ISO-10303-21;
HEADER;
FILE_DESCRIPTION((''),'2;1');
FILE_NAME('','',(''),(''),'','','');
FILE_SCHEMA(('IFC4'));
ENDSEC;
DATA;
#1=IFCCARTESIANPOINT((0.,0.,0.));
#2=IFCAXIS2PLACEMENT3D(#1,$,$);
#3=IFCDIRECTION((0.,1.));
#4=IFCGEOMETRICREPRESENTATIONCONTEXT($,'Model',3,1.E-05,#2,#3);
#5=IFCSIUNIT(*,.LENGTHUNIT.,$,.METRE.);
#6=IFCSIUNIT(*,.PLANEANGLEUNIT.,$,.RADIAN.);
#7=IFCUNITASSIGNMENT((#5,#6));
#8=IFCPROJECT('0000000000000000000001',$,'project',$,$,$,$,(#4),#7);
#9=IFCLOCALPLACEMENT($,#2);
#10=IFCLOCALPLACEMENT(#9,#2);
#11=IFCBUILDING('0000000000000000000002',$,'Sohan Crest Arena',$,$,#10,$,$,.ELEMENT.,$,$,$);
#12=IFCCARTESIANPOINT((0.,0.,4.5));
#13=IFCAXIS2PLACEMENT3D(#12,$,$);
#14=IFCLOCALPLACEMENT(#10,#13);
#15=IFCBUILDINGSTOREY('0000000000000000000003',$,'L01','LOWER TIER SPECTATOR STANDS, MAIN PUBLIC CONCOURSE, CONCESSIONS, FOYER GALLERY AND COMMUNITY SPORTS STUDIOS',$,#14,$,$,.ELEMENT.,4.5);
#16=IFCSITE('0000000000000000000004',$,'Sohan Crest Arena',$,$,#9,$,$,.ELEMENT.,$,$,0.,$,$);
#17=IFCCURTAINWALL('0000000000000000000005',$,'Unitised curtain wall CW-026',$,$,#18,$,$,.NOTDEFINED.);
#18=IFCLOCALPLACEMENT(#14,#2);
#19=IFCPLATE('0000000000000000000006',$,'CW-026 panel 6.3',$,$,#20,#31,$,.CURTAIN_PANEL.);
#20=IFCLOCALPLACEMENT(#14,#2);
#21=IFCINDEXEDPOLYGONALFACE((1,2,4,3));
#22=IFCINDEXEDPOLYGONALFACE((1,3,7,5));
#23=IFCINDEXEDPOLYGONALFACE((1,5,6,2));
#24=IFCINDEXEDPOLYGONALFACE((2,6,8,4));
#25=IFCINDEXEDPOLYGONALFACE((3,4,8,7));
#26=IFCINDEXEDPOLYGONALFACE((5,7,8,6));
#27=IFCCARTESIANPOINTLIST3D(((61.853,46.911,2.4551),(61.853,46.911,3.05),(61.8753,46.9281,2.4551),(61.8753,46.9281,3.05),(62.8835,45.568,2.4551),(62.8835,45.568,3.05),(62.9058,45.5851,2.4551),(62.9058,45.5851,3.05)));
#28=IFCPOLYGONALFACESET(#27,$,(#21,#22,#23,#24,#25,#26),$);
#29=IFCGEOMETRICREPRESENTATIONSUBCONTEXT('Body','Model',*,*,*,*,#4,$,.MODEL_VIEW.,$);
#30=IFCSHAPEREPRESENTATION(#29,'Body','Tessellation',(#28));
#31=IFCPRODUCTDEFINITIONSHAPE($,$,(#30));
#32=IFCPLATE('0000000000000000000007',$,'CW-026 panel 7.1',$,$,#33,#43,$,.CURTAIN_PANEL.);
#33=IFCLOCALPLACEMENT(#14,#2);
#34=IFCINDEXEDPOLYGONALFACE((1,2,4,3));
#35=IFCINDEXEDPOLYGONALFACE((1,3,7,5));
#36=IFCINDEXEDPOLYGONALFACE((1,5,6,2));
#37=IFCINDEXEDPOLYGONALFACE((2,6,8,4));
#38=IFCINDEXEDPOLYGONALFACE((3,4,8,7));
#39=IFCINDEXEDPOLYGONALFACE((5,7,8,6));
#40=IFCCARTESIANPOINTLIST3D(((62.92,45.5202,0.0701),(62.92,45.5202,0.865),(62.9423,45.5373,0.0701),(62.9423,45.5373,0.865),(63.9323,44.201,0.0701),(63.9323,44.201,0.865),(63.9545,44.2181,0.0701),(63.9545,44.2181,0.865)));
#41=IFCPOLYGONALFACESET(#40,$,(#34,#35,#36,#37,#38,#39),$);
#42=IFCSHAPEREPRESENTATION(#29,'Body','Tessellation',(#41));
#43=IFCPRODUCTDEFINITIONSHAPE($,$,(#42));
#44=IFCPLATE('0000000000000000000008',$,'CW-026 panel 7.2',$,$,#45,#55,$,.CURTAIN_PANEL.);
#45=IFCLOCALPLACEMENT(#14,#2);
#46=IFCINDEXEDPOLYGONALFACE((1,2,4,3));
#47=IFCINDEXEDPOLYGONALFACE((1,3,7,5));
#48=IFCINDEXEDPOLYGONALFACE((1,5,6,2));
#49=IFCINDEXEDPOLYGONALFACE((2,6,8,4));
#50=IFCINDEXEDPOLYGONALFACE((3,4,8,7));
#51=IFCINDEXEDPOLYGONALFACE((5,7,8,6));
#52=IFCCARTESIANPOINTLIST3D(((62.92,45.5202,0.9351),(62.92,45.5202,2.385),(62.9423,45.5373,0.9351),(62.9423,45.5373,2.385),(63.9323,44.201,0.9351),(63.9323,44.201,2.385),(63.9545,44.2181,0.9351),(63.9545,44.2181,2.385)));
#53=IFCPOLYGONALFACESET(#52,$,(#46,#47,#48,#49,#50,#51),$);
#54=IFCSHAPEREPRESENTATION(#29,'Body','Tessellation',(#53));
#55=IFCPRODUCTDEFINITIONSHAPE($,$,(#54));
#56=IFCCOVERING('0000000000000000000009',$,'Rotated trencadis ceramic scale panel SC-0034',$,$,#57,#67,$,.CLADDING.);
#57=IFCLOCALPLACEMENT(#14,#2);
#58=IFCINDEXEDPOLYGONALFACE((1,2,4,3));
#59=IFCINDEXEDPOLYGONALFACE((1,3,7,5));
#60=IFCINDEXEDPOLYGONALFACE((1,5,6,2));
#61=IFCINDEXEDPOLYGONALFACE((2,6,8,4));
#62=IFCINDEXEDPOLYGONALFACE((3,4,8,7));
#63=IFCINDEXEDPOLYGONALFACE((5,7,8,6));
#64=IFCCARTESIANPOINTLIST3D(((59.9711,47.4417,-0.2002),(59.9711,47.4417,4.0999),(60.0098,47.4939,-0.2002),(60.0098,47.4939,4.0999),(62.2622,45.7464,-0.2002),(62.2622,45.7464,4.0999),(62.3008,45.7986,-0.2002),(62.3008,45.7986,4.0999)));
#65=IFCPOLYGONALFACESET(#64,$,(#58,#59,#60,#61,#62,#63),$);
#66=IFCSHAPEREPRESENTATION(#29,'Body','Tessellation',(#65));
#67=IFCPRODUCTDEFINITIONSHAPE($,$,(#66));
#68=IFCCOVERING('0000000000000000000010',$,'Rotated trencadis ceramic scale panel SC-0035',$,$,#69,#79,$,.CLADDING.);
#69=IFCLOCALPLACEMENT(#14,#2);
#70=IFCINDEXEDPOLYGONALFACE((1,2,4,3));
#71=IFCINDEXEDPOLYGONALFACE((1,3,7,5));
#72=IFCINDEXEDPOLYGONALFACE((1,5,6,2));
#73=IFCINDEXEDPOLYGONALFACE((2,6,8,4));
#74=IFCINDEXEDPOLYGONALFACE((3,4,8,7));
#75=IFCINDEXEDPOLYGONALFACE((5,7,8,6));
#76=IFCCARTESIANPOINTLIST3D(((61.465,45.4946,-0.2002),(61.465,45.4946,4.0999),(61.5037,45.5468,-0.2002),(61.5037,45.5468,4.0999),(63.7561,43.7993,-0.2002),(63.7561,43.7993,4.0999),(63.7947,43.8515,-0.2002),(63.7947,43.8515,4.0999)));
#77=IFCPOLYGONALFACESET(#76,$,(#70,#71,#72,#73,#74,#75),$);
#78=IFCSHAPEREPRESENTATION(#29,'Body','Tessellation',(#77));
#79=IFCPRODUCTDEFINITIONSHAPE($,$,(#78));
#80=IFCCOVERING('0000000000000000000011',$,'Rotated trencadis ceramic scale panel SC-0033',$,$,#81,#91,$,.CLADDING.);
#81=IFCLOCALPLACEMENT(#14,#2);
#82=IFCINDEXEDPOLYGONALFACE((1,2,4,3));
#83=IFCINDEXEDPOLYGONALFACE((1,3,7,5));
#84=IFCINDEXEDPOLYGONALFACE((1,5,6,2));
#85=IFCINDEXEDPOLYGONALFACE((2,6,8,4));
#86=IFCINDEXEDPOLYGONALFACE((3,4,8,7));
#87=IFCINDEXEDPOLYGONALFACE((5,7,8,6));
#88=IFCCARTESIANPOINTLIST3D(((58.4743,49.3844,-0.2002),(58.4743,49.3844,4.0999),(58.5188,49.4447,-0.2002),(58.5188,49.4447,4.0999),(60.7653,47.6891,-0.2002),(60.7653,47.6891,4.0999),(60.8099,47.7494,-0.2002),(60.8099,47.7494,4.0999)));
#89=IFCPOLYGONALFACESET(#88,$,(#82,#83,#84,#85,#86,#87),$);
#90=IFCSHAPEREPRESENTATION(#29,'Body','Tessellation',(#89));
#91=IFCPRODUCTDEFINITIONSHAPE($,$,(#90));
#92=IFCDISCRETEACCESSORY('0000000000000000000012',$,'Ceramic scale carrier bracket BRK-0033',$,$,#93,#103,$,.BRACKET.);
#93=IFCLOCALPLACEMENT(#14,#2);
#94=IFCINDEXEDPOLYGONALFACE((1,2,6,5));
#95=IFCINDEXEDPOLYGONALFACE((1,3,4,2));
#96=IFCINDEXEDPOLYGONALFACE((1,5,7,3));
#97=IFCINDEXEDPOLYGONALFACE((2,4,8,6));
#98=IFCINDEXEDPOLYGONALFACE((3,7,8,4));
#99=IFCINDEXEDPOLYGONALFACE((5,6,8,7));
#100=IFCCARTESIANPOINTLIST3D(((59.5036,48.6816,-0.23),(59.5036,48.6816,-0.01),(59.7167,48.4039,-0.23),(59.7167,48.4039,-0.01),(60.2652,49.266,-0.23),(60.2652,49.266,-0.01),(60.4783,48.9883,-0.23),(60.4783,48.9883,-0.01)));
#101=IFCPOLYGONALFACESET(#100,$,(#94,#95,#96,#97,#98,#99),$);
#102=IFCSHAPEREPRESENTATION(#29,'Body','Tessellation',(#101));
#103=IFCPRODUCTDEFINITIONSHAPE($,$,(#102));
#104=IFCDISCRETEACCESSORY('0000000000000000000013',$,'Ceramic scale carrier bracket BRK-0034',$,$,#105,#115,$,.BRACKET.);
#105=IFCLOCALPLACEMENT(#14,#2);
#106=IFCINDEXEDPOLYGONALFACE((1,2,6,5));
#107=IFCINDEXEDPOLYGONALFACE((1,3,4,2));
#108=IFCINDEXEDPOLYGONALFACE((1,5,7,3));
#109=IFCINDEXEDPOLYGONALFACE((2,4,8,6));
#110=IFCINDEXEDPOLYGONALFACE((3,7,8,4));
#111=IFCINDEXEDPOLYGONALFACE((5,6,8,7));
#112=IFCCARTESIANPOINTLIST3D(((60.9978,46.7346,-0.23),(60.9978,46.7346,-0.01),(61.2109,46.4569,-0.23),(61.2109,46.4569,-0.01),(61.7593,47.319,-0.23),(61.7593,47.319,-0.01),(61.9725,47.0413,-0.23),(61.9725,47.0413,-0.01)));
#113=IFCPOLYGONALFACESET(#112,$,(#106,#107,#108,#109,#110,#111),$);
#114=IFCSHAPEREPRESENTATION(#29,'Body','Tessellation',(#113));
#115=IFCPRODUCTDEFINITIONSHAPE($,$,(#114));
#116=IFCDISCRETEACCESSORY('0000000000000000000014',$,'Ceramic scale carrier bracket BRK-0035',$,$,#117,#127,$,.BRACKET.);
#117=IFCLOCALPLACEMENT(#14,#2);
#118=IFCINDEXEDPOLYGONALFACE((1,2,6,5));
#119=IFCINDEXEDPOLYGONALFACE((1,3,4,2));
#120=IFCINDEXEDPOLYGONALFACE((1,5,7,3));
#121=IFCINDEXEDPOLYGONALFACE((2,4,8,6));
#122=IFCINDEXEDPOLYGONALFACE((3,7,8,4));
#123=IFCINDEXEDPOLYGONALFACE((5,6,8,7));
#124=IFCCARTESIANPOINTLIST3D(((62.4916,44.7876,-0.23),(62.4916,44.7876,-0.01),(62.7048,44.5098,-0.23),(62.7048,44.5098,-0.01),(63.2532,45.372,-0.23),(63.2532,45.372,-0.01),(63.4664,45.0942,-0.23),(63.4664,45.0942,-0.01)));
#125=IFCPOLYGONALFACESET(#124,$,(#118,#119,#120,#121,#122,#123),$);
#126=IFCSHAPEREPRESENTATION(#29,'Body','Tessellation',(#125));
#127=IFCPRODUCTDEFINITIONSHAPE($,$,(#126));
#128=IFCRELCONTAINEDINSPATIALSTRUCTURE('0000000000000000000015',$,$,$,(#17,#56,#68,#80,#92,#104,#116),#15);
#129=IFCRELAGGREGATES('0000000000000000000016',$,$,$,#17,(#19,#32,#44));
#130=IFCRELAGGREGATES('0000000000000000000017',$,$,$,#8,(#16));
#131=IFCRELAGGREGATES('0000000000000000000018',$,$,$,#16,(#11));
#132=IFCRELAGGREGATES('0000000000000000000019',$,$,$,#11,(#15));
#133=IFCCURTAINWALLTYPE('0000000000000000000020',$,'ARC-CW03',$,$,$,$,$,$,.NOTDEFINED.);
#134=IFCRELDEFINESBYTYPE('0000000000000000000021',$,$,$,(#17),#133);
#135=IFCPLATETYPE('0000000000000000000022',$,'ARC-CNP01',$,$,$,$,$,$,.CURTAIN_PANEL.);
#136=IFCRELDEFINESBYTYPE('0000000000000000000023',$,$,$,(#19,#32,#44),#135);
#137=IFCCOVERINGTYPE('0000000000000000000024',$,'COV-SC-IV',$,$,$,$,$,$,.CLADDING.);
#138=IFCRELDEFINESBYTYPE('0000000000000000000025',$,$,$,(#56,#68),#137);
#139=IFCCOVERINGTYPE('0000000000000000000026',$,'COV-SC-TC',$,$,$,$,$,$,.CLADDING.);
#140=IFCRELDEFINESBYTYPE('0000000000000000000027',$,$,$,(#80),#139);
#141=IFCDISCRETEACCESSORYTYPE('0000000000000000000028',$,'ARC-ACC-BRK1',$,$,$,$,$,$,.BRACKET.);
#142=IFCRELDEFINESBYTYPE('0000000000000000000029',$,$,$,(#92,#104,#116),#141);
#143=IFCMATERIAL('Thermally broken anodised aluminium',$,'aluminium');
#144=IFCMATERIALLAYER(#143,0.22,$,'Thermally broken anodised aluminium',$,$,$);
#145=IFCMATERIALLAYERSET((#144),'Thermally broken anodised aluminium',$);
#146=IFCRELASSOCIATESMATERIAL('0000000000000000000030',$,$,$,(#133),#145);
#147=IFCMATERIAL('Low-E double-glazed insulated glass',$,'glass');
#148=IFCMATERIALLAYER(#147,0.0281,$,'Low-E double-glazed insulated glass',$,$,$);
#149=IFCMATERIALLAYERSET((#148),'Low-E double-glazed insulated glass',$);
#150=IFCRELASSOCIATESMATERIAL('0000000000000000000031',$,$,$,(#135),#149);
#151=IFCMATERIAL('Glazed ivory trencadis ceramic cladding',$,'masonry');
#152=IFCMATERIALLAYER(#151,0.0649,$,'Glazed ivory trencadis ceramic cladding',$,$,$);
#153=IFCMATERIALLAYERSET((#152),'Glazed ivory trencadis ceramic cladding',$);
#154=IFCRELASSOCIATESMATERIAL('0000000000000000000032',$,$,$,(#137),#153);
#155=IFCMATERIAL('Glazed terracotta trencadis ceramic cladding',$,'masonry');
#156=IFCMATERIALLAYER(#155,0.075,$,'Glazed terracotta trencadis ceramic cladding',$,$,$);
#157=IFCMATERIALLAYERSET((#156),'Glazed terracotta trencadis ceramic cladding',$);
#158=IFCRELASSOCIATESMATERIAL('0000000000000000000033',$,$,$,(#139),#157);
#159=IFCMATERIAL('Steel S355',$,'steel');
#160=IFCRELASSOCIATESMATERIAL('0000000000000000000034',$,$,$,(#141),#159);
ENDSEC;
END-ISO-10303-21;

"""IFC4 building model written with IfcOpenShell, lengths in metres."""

from ifc_helpers import new_model, si_unit, direction, frame, origin, origin_2d, place, context, subcontext, project, spatial, rectangle, extrude, material, layer, layer_set, type_object, element, aggregate, save


model = new_model("IFC4")

# Units and contexts
model_context = context("Model", 3, precision=1e-05, world=origin(), true_north=direction((0.0, 1.0)))
body_context = subcontext(model_context, "Body", "Model", "MODEL_VIEW")
ifc_project = project(units=[si_unit("LENGTHUNIT", "METRE"), si_unit("PLANEANGLEUNIT", "RADIAN")], contexts=[model_context])

# Site, building, storey
site_placement = place(None, origin())
site = spatial("IfcSite", under=ifc_project, at=site_placement, Name="Sohan Crest Arena", CompositionType="ELEMENT", RefElevation=0.0)
building_placement = place(site_placement, origin())
building = spatial("IfcBuilding", under=site, at=building_placement, Name="Sohan Crest Arena", CompositionType="ELEMENT")
storey_placement = place(building_placement, frame((0.0, 0.0, 4.5)))
storey = spatial("IfcBuildingStorey", under=building, at=storey_placement, Name="L01", Description="LOWER TIER SPECTATOR STANDS, MAIN PUBLIC CONCOURSE, CONCESSIONS, FOYER GALLERY AND COMMUNITY SPORTS STUDIOS", CompositionType="ELEMENT", Elevation=4.5)

# Curtain wall, plates
ifc_material_1 = material(Name="Thermally broken anodised aluminium", Category="aluminium")
ifc_layer_1 = layer(ifc_material_1, 0.22, Name="Thermally broken anodised aluminium")
ifc_layer_set_1 = layer_set([ifc_layer_1], Name="Thermally broken anodised aluminium")
curtain_wall_type = type_object("IfcCurtainWallType", Name="ARC-CW03", PredefinedType="NOTDEFINED", material=ifc_layer_set_1)
curtain_wall_placement = place(storey_placement, origin())
curtain_wall = element("IfcCurtainWall", 1, at=curtain_wall_placement, inside=storey, type_object=curtain_wall_type, Name="Unitised curtain wall CW-026", PredefinedType="NOTDEFINED")
ifc_material_2 = material(Name="Low-E double-glazed insulated glass", Category="glass")
ifc_layer_2 = layer(ifc_material_2, 0.0281, Name="Low-E double-glazed insulated glass")
ifc_layer_set_2 = layer_set([ifc_layer_2], Name="Low-E double-glazed insulated glass")
plate_type = type_object("IfcPlateType", Name="ARC-CNP01", PredefinedType="CURTAIN_PANEL", material=ifc_layer_set_2)
plate_1_placement = place(storey_placement, frame((62.3794, 46.248, 2.4551), z_axis=(0.0, 0.0, 1.0), x_axis=(0.608765, -0.793351, 0.0)))
plate_1 = element("IfcPlate", 2, at=plate_1_placement, type_object=plate_type, Name="CW-026 panel 6.3", PredefinedType="CURTAIN_PANEL", context=body_context, shape_type="SweptSolid", body=[
    extrude(rectangle(XDim=1.6929, YDim=0.0281, at=origin_2d()), origin(), (0.0, 0.0, 1.0), 0.595),
])
plate_2_placement = place(storey_placement, frame((63.4373, 44.8691, 0.0701), z_axis=(0.0, 0.0, 1.0), x_axis=(0.608765, -0.793351, 0.0)))
plate_2 = element("IfcPlate", 3, at=plate_2_placement, type_object=plate_type, Name="CW-026 panel 7.1", PredefinedType="CURTAIN_PANEL", context=body_context, shape_type="SweptSolid", body=[
    extrude(rectangle(XDim=1.6628, YDim=0.0281, at=origin_2d()), origin(), (0.0, 0.0, 1.0), 0.7949),
])
plate_3_placement = place(storey_placement, frame((63.4373, 44.8691, 0.9351), z_axis=(0.0, 0.0, 1.0), x_axis=(0.608765, -0.793351, 0.0)))
plate_3 = element("IfcPlate", 4, at=plate_3_placement, type_object=plate_type, Name="CW-026 panel 7.2", PredefinedType="CURTAIN_PANEL", context=body_context, shape_type="SweptSolid", body=[
    extrude(rectangle(XDim=1.6628, YDim=0.0281, at=origin_2d()), origin(), (0.0, 0.0, 1.0), 1.45),
])
aggregate(curtain_wall, [plate_1, plate_2, plate_3])

# Coverings
ifc_material_3 = material(Name="Glazed ivory trencadis ceramic cladding", Category="masonry")
ifc_layer_3 = layer(ifc_material_3, 0.0649, Name="Glazed ivory trencadis ceramic cladding")
ifc_layer_set_3 = layer_set([ifc_layer_3], Name="Glazed ivory trencadis ceramic cladding")
covering_type_1 = type_object("IfcCoveringType", Name="COV-SC-IV", PredefinedType="CLADDING", material=ifc_layer_set_3)
for number, where, z_axis, x_axis, name in (
    (5, (61.136, 46.6201, -0.2002), (0.0, 0.0, 1.0), (0.803857, -0.594823, 0.0), "Rotated trencadis ceramic scale panel SC-0034"),
    (6, (62.6299, 44.6731, -0.2002), (0.0, 0.0, 1.0), (0.803857, -0.594823, 0.0), "Rotated trencadis ceramic scale panel SC-0035"),
):
    element("IfcCovering", number, at=place(storey_placement, frame(where, z_axis=z_axis, x_axis=x_axis)), inside=storey, type_object=covering_type_1, Name=name, PredefinedType="CLADDING", context=body_context, shape_type="SweptSolid", body=[
        extrude(rectangle(XDim=2.8501, YDim=0.0649, at=origin_2d()), origin(), (0.0, 0.0, 1.0), 4.3),
    ])
ifc_material_4 = material(Name="Glazed terracotta trencadis ceramic cladding", Category="masonry")
ifc_layer_4 = layer(ifc_material_4, 0.075, Name="Glazed terracotta trencadis ceramic cladding")
ifc_layer_set_4 = layer_set([ifc_layer_4], Name="Glazed terracotta trencadis ceramic cladding")
covering_type_2 = type_object("IfcCoveringType", Name="COV-SC-TC", PredefinedType="CLADDING", material=ifc_layer_set_4)
covering_placement = place(storey_placement, frame((59.6421, 48.5669, -0.2002), z_axis=(0.0, 0.0, 1.0), x_axis=(0.803857, -0.594823, 0.0)))
element("IfcCovering", 7, at=covering_placement, inside=storey, type_object=covering_type_2, Name="Rotated trencadis ceramic scale panel SC-0033", PredefinedType="CLADDING", context=body_context, shape_type="SweptSolid", body=[
    extrude(rectangle(XDim=2.8501, YDim=0.075, at=origin_2d()), origin(), (0.0, 0.0, 1.0), 4.3),
])

# Discrete accessories
ifc_material_5 = material(Name="Steel S355", Category="steel")
discrete_accessory_type = type_object("IfcDiscreteAccessoryType", Name="ARC-ACC-BRK1", PredefinedType="BRACKET", material=ifc_material_5)
for number, where, z_axis, x_axis, name in (
    (8, (59.991, 48.835, -0.23), (0.0, 0.0, 1.0), (0.608761, -0.793353, 0.0), "Ceramic scale carrier bracket BRK-0033"),
    (9, (61.4851, 46.8879, -0.23), (0.0, 0.0, 1.0), (0.608761, -0.793353, 0.0), "Ceramic scale carrier bracket BRK-0034"),
    (10, (62.979, 44.9409, -0.23), (0.0, 0.0, 1.0), (0.608761, -0.793353, 0.0), "Ceramic scale carrier bracket BRK-0035"),
):
    element("IfcDiscreteAccessory", number, at=place(storey_placement, frame(where, z_axis=z_axis, x_axis=x_axis)), inside=storey, type_object=discrete_accessory_type, Name=name, PredefinedType="BRACKET", context=body_context, shape_type="SweptSolid", body=[
        extrude(rectangle(XDim=0.3501, YDim=0.96, at=origin_2d()), origin(), (0.0, 0.0, 1.0), 0.22),
    ])

save(model, "model.ifc")
